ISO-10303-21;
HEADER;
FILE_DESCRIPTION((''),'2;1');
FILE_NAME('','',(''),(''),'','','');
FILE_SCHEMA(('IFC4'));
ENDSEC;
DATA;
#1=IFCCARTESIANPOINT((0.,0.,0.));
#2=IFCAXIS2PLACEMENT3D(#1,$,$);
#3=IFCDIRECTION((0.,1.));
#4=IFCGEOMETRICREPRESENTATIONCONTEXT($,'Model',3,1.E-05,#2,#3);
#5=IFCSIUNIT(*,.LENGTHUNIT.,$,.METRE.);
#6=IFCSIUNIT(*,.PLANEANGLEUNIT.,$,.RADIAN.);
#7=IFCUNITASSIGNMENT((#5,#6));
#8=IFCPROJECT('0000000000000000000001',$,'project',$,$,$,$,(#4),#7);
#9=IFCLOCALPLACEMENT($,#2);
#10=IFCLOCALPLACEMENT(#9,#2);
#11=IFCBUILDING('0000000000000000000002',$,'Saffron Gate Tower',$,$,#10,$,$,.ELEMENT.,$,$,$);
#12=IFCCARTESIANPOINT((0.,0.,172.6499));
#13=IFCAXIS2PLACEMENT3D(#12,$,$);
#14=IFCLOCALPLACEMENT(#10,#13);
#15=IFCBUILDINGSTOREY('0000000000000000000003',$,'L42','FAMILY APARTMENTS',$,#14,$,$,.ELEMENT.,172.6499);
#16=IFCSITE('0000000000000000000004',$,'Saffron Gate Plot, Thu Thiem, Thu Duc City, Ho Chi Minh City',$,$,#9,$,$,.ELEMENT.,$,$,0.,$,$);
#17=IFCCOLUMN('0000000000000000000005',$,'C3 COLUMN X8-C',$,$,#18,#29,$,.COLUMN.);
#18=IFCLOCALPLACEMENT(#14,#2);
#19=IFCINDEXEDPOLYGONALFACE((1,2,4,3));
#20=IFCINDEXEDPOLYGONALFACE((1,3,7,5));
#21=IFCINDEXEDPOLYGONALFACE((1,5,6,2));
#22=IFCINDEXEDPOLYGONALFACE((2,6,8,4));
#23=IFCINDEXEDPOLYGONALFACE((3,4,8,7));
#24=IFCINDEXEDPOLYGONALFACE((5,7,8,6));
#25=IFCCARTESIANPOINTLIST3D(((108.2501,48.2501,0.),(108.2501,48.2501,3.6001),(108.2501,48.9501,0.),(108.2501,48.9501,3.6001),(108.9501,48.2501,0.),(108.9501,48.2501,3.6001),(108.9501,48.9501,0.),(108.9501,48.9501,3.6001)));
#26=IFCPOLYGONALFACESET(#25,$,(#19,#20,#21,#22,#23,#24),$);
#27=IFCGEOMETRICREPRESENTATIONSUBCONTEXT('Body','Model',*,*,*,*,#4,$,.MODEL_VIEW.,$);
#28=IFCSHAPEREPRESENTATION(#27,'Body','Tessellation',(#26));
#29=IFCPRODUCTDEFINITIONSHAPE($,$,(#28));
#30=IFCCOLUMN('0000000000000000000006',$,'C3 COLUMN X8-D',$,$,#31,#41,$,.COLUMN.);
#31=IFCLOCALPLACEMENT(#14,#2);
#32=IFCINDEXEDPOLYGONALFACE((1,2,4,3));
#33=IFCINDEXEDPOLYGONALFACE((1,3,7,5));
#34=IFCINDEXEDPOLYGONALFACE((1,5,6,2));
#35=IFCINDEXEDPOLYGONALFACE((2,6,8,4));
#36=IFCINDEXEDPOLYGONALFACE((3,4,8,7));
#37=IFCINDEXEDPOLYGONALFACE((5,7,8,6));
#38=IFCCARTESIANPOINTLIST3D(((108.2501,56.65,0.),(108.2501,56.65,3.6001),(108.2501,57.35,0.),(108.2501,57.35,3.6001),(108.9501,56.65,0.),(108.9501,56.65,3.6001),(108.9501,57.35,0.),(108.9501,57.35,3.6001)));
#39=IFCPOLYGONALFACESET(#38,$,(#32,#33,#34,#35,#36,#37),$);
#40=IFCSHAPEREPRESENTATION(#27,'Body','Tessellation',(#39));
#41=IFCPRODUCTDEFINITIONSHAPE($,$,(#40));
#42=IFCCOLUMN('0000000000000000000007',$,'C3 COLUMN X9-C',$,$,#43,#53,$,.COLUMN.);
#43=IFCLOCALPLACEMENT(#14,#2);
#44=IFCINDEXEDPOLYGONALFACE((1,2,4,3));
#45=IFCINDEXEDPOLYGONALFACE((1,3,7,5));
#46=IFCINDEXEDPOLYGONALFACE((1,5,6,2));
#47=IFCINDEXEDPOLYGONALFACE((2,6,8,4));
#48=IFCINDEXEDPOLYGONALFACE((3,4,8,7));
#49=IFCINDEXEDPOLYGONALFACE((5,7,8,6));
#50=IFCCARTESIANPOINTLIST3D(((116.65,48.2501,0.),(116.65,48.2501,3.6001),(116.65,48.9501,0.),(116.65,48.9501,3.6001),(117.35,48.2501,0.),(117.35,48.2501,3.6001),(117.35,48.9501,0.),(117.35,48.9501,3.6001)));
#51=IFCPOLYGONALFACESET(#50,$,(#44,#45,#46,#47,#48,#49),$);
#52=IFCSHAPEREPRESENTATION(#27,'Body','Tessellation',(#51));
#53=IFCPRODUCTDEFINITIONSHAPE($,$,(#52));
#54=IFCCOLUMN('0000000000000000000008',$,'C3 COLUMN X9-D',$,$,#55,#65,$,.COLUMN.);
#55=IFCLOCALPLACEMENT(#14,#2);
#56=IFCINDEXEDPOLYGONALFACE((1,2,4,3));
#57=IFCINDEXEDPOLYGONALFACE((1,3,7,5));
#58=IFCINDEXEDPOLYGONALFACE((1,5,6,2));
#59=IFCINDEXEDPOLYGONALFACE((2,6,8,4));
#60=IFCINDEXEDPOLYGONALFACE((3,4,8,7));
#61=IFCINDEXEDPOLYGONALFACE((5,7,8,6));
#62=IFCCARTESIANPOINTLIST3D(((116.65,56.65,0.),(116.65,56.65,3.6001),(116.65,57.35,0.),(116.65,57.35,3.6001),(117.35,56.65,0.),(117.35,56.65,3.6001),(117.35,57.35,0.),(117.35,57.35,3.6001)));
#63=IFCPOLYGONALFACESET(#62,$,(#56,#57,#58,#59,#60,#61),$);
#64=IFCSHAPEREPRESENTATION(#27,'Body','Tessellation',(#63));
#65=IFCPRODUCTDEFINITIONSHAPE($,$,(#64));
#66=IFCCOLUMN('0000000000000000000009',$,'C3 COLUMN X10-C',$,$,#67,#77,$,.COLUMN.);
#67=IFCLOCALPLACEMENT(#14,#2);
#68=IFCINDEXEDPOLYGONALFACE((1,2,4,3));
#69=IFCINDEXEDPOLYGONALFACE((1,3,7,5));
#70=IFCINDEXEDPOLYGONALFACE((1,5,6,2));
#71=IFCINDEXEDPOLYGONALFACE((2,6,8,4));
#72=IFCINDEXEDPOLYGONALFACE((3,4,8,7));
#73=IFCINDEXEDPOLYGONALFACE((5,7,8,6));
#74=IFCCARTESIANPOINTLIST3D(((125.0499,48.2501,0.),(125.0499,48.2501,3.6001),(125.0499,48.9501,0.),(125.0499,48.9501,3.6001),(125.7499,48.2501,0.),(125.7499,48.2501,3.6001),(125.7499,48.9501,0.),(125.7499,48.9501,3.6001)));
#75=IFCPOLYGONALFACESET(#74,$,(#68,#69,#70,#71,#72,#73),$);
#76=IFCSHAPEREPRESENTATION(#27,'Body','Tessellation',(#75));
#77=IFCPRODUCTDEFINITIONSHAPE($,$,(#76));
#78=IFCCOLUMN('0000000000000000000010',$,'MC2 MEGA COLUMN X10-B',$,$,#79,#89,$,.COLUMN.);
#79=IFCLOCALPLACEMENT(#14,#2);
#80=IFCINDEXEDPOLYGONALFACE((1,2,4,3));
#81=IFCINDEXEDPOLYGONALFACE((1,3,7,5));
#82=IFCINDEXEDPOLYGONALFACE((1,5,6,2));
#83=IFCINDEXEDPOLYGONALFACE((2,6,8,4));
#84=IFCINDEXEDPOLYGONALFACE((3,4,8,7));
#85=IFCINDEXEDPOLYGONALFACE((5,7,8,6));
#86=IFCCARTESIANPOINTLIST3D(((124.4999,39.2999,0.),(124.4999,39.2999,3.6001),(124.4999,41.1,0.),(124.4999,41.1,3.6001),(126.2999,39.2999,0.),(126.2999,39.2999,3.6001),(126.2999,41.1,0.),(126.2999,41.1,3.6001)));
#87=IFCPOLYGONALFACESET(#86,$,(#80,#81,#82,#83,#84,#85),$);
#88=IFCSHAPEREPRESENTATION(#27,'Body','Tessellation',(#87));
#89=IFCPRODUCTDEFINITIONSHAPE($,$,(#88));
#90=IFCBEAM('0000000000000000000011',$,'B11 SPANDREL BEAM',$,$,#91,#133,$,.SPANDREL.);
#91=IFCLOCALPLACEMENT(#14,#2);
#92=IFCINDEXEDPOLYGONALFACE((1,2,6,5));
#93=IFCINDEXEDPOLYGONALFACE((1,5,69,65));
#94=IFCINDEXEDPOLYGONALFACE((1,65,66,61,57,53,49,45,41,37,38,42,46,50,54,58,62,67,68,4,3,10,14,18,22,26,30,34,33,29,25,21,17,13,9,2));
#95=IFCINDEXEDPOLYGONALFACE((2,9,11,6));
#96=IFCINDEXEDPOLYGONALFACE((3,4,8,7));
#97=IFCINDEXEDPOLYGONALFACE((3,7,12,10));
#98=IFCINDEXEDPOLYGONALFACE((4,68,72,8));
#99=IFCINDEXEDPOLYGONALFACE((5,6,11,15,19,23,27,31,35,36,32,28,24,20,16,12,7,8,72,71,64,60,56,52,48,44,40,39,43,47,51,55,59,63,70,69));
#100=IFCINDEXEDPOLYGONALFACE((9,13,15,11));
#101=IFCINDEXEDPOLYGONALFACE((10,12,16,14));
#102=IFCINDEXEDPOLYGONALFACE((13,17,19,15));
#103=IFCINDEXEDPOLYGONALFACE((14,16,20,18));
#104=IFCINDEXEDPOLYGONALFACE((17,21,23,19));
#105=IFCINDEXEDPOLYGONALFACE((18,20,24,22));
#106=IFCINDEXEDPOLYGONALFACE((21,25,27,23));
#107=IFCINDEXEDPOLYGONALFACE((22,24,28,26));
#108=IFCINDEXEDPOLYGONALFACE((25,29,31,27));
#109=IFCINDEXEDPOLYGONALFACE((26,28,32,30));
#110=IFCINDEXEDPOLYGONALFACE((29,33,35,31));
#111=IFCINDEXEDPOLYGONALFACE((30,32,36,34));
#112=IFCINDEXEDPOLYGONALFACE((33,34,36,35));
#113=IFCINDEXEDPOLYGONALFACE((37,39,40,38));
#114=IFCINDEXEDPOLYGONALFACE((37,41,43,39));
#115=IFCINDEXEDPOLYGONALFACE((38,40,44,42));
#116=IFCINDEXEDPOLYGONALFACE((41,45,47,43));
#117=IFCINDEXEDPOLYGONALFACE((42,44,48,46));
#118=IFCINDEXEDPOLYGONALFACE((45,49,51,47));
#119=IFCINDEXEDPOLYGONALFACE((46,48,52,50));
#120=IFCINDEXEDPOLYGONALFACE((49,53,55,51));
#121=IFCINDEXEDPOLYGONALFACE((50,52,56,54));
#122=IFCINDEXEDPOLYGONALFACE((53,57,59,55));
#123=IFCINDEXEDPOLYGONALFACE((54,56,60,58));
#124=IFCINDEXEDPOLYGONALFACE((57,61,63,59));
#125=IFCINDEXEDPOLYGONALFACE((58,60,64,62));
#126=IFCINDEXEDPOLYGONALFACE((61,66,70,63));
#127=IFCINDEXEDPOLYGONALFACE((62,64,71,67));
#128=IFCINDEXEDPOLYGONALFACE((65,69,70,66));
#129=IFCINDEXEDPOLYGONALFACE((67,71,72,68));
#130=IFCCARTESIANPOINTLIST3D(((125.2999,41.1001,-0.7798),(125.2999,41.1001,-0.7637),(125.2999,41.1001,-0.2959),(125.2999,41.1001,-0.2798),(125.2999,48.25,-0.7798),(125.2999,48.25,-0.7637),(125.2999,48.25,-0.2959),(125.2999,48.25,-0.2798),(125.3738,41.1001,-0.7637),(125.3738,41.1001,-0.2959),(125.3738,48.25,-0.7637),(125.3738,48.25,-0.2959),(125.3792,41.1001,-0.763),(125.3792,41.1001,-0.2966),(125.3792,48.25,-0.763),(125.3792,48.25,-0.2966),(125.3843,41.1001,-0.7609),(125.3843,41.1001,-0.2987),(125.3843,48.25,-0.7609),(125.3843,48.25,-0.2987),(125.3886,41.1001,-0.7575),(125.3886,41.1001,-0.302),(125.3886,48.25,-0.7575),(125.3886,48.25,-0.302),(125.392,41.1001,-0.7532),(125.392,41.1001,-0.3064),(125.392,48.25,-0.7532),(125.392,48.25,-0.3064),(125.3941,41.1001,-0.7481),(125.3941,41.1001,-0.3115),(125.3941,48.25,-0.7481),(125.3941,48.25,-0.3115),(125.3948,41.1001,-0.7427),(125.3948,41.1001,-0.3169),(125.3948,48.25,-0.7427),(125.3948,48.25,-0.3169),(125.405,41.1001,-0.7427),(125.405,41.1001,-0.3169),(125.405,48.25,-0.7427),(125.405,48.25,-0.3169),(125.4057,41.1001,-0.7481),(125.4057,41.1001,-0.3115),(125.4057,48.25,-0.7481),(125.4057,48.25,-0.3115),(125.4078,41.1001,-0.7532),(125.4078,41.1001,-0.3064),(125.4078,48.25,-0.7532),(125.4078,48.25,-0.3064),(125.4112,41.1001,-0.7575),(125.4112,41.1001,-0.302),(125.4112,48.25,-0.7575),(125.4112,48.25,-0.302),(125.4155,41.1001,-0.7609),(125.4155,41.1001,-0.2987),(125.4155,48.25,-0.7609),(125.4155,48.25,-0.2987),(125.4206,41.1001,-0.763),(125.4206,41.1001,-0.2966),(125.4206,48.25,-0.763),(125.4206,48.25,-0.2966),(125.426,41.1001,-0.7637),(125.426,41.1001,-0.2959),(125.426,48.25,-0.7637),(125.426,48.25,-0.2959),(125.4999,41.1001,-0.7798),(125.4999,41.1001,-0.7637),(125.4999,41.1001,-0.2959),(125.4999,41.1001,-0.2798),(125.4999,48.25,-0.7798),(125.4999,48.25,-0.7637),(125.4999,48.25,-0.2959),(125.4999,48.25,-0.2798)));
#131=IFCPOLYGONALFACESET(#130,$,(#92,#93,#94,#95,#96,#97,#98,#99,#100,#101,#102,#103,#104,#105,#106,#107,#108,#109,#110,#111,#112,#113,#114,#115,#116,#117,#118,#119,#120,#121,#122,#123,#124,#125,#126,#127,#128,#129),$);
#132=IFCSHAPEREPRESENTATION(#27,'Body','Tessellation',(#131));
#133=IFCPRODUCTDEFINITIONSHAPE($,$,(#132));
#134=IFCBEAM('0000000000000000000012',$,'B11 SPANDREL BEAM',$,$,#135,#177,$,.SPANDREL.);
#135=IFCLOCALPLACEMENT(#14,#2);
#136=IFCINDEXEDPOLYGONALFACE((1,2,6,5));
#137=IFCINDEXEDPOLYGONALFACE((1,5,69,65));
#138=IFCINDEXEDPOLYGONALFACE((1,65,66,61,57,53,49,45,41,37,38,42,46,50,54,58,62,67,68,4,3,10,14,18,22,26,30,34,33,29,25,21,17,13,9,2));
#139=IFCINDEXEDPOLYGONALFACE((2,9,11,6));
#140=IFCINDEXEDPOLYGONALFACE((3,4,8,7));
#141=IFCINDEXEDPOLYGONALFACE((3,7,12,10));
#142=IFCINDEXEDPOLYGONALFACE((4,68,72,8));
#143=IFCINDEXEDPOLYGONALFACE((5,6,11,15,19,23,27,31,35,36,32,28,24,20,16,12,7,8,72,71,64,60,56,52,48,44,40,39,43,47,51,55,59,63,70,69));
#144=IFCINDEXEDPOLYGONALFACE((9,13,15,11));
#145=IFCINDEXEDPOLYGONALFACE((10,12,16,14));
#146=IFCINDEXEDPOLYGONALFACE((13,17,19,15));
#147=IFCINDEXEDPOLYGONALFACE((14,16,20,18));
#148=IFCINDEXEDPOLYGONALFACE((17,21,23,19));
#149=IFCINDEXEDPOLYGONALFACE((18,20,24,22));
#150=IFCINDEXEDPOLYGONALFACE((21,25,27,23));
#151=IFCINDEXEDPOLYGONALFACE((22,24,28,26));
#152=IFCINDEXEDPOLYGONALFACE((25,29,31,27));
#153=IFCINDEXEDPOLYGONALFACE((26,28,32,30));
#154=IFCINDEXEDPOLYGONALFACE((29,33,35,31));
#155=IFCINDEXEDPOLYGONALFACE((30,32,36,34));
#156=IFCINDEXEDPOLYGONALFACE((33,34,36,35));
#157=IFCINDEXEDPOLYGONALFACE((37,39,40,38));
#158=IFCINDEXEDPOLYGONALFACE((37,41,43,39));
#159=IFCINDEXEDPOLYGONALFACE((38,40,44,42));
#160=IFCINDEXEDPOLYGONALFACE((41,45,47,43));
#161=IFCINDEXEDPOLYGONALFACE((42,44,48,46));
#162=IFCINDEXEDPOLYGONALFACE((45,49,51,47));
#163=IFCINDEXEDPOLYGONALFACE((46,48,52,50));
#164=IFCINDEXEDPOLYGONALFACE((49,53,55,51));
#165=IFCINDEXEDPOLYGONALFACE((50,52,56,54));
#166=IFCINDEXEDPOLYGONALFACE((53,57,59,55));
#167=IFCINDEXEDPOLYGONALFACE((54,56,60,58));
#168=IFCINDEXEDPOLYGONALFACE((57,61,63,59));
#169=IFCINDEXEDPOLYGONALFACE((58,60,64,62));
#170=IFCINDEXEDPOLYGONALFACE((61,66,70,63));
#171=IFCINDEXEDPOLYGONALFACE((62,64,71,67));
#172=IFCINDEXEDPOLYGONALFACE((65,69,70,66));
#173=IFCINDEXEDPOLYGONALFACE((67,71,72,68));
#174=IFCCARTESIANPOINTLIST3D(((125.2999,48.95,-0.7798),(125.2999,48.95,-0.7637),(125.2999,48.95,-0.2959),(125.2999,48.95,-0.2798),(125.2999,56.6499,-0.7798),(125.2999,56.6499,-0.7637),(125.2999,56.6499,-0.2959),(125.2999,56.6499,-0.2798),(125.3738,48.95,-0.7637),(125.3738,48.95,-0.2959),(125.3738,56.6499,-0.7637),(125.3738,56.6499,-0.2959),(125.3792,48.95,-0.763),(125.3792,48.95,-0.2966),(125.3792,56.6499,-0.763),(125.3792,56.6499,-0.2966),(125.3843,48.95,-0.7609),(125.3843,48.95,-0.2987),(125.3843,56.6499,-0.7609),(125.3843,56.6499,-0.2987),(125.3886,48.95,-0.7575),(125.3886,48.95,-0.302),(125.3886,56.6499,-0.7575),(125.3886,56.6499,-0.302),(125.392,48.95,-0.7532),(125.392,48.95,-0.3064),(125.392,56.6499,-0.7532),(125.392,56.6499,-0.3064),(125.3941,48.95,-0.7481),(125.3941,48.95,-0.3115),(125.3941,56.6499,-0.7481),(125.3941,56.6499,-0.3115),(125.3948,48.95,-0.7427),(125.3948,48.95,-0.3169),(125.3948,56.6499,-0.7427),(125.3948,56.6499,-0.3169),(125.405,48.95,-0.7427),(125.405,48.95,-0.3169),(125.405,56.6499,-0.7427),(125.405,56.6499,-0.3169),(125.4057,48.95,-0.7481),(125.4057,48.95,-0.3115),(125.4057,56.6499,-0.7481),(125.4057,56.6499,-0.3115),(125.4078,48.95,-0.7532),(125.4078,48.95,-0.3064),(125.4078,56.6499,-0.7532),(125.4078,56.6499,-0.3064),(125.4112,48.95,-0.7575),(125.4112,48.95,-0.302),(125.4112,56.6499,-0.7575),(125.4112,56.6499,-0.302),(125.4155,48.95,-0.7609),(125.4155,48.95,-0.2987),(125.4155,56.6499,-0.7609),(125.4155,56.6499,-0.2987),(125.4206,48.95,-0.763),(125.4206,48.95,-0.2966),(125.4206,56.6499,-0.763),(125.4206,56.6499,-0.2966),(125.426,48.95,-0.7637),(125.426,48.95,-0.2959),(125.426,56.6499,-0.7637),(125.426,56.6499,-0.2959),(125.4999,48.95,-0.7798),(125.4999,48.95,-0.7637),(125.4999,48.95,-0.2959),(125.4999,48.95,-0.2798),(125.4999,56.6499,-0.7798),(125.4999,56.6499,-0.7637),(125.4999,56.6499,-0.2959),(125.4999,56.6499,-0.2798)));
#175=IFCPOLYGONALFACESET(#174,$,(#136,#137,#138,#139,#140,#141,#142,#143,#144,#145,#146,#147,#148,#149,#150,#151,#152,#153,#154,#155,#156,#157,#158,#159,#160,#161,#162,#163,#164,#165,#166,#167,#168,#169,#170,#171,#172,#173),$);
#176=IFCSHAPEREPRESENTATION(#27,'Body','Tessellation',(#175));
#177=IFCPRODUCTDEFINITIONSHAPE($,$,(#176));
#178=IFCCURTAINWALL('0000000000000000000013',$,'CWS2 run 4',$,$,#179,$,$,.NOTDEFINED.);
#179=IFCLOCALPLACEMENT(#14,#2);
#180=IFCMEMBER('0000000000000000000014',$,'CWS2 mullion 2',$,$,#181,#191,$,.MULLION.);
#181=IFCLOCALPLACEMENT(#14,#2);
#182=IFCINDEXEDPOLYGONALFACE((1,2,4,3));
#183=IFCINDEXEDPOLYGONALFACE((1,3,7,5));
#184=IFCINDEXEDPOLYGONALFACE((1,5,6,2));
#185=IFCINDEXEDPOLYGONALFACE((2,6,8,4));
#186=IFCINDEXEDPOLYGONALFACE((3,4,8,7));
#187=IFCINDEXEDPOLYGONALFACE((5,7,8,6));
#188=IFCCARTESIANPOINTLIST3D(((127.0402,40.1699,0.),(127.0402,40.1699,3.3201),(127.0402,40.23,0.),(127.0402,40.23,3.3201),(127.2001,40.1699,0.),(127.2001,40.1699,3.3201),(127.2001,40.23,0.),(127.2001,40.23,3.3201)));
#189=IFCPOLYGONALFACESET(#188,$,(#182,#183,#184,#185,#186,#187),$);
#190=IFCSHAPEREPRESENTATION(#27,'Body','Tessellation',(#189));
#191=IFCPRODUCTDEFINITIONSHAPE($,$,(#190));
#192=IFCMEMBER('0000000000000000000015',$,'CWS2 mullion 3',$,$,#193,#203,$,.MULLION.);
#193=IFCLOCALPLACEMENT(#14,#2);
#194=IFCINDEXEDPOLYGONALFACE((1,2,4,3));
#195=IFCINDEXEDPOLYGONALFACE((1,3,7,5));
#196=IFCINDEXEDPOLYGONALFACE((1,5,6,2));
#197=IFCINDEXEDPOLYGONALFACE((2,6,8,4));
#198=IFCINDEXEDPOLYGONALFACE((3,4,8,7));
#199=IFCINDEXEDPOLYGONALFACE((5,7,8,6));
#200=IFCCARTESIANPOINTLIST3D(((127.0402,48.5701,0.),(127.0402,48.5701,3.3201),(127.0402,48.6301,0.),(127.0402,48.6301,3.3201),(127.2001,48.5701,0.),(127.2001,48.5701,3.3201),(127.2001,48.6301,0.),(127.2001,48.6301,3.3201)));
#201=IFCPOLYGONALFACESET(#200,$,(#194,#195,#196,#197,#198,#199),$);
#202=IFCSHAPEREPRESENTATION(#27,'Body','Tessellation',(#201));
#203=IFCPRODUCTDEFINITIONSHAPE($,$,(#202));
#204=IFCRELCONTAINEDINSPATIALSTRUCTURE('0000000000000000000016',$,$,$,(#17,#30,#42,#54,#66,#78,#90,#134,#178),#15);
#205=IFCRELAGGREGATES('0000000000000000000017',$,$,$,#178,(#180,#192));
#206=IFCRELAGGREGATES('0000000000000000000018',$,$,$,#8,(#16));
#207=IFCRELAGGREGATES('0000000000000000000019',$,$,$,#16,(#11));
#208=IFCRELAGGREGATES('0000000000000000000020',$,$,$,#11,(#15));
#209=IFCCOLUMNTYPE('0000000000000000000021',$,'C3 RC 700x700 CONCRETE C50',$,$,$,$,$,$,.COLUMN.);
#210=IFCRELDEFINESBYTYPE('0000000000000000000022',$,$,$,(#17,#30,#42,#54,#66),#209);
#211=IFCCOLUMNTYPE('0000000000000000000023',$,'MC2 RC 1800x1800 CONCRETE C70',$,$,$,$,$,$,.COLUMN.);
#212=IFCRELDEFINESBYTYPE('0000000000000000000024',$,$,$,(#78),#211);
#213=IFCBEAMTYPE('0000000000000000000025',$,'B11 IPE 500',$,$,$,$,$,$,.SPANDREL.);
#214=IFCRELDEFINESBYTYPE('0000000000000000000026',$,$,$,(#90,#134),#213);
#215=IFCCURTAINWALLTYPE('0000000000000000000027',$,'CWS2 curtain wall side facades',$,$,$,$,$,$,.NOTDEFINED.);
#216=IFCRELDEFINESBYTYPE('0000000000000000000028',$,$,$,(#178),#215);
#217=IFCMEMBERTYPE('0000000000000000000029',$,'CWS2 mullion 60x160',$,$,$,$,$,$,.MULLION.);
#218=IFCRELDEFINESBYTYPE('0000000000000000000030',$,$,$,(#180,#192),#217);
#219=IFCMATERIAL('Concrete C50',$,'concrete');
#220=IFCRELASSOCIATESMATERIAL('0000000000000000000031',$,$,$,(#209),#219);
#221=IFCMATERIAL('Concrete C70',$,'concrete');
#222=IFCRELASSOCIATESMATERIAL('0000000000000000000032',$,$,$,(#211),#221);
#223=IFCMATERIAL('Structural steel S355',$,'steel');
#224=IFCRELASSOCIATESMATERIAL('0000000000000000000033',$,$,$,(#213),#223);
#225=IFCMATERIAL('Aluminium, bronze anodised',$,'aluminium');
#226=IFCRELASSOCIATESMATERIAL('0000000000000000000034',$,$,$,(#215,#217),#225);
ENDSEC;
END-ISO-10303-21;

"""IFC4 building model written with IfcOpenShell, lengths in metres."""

from ifc_helpers import new_model, si_unit, direction, frame, origin, origin_2d, place, context, subcontext, project, spatial, rectangle, i_section, extrude, material, material_profile, profile_set, type_object, element, aggregate, save


model = new_model("IFC4")

# Units and contexts
model_context = context("Model", 3, precision=1e-05, world=origin(), true_north=direction((0.0, 1.0)))
body_context = subcontext(model_context, "Body", "Model", "MODEL_VIEW")
ifc_project = project(units=[si_unit("LENGTHUNIT", "METRE"), si_unit("PLANEANGLEUNIT", "RADIAN")], contexts=[model_context])

# Site, building, storey
site_placement = place(None, origin())
site = spatial("IfcSite", under=ifc_project, at=site_placement, Name="Saffron Gate Plot, Thu Thiem, Thu Duc City, Ho Chi Minh City", CompositionType="ELEMENT", RefElevation=0.0)
building_placement = place(site_placement, origin())
building = spatial("IfcBuilding", under=site, at=building_placement, Name="Saffron Gate Tower", CompositionType="ELEMENT")
storey_placement = place(building_placement, frame((0.0, 0.0, 172.6499)))
storey = spatial("IfcBuildingStorey", under=building, at=storey_placement, Name="L42", Description="FAMILY APARTMENTS", CompositionType="ELEMENT", Elevation=172.6499)

# Columns
ifc_material_1 = material(Name="Concrete C50", Category="concrete")
ifc_material_profile_1 = material_profile(ifc_material_1, rectangle(XDim=0.7, YDim=0.7, at=origin_2d()))
ifc_profile_set_1 = profile_set([ifc_material_profile_1], Name="Concrete C50")
column_type_1 = type_object("IfcColumnType", Name="C3 RC 700x700 CONCRETE C50", PredefinedType="COLUMN", material=ifc_profile_set_1)
for number, where, z_axis, x_axis, name in (
    (1, (108.6001, 48.6001, 0.0), (0.0, 0.0, 1.0), (1.0, 0.0, 0.0), "C3 COLUMN X8-C"),
    (2, (108.6001, 57.0, 0.0), (0.0, 0.0, 1.0), (1.0, 0.0, 0.0), "C3 COLUMN X8-D"),
    (3, (117.0, 48.6001, 0.0), (0.0, 0.0, 1.0), (1.0, 0.0, 0.0), "C3 COLUMN X9-C"),
    (4, (117.0, 57.0, 0.0), (0.0, 0.0, 1.0), (1.0, 0.0, 0.0), "C3 COLUMN X9-D"),
    (5, (125.3999, 48.6001, 0.0), (0.0, 0.0, 1.0), (1.0, 0.0, 0.0), "C3 COLUMN X10-C"),
):
    element("IfcColumn", number, at=place(storey_placement, frame(where, z_axis=z_axis, x_axis=x_axis)), inside=storey, type_object=column_type_1, Name=name, PredefinedType="COLUMN", context=body_context, shape_type="SweptSolid", body=[
        extrude(rectangle(XDim=0.7, YDim=0.7, at=origin_2d()), origin(), (0.0, 0.0, 1.0), 3.6001),
    ])
ifc_material_2 = material(Name="Concrete C70", Category="concrete")
ifc_material_profile_2 = material_profile(ifc_material_2, rectangle(XDim=1.8, YDim=1.8, at=origin_2d()))
ifc_profile_set_2 = profile_set([ifc_material_profile_2], Name="Concrete C70")
column_type_2 = type_object("IfcColumnType", Name="MC2 RC 1800x1800 CONCRETE C70", PredefinedType="COLUMN", material=ifc_profile_set_2)
column_placement = place(storey_placement, frame((125.3999, 40.2, 0.0), z_axis=(0.0, 0.0, 1.0), x_axis=(1.0, 0.0, 0.0)))
element("IfcColumn", 6, at=column_placement, inside=storey, type_object=column_type_2, Name="MC2 MEGA COLUMN X10-B", PredefinedType="COLUMN", context=body_context, shape_type="SweptSolid", body=[
    extrude(rectangle(XDim=1.8, YDim=1.8, at=origin_2d()), origin(), (0.0, 0.0, 1.0), 3.6001),
])

# Beams
ifc_material_3 = material(Name="Structural steel S355", Category="steel")
ifc_material_profile_3 = material_profile(ifc_material_3, i_section(OverallWidth=0.2, OverallDepth=0.5, WebThickness=0.0103, FlangeThickness=0.0161, FilletRadius=0.021, at=origin_2d()))
ifc_profile_set_3 = profile_set([ifc_material_profile_3], Name="Structural steel S355")
beam_type = type_object("IfcBeamType", Name="B11 IPE 500", PredefinedType="SPANDREL", material=ifc_profile_set_3)
beam_1_placement = place(storey_placement, frame((125.3999, 41.1001, -0.5298), z_axis=(0.0, 1.0, 0.0), x_axis=(-1.0, 0.0, 0.0)))
element("IfcBeam", 7, at=beam_1_placement, inside=storey, type_object=beam_type, Name="B11 SPANDREL BEAM", PredefinedType="SPANDREL", context=body_context, shape_type="SweptSolid", body=[
    extrude(i_section(OverallWidth=0.2, OverallDepth=0.5, WebThickness=0.0103, FlangeThickness=0.0161, FilletRadius=0.021, at=origin_2d()), origin(), (0.0, 0.0, 1.0), 7.1499),
])
beam_2_placement = place(storey_placement, frame((125.3999, 48.95, -0.5298), z_axis=(0.0, 1.0, 0.0), x_axis=(-1.0, 0.0, 0.0)))
element("IfcBeam", 8, at=beam_2_placement, inside=storey, type_object=beam_type, Name="B11 SPANDREL BEAM", PredefinedType="SPANDREL", context=body_context, shape_type="SweptSolid", body=[
    extrude(i_section(OverallWidth=0.2, OverallDepth=0.5, WebThickness=0.0103, FlangeThickness=0.0161, FilletRadius=0.021, at=origin_2d()), origin(), (0.0, 0.0, 1.0), 7.7),
])

# Curtain wall, members
ifc_material_4 = material(Name="Aluminium, bronze anodised", Category="aluminium")
curtain_wall_type = type_object("IfcCurtainWallType", Name="CWS2 curtain wall side facades", PredefinedType="NOTDEFINED", material=ifc_material_4)
curtain_wall_placement = place(storey_placement, origin())
curtain_wall = element("IfcCurtainWall", 9, at=curtain_wall_placement, inside=storey, type_object=curtain_wall_type, Name="CWS2 run 4", PredefinedType="NOTDEFINED")
ifc_material_profile_4 = material_profile(ifc_material_4, rectangle(XDim=0.1599, YDim=0.0601, at=origin_2d()))
ifc_profile_set_4 = profile_set([ifc_material_profile_4], Name="Aluminium, bronze anodised")
member_type = type_object("IfcMemberType", Name="CWS2 mullion 60x160", PredefinedType="MULLION", material=ifc_profile_set_4)
member_1_placement = place(storey_placement, frame((127.1201, 40.2, 0.0), z_axis=(0.0, 0.0, 1.0), x_axis=(-1.0, 0.0, 0.0)))
member_1 = element("IfcMember", 10, at=member_1_placement, type_object=member_type, Name="CWS2 mullion 2", PredefinedType="MULLION", context=body_context, shape_type="SweptSolid", body=[
    extrude(rectangle(XDim=0.1599, YDim=0.0601, at=origin_2d()), origin(), (0.0, 0.0, 1.0), 3.3201),
])
member_2_placement = place(storey_placement, frame((127.1201, 48.6001, 0.0), z_axis=(0.0, 0.0, 1.0), x_axis=(-1.0, 0.0, 0.0)))
member_2 = element("IfcMember", 11, at=member_2_placement, type_object=member_type, Name="CWS2 mullion 3", PredefinedType="MULLION", context=body_context, shape_type="SweptSolid", body=[
    extrude(rectangle(XDim=0.1599, YDim=0.0601, at=origin_2d()), origin(), (0.0, 0.0, 1.0), 3.3201),
])
aggregate(curtain_wall, [member_1, member_2])

save(model, "model.ifc")
